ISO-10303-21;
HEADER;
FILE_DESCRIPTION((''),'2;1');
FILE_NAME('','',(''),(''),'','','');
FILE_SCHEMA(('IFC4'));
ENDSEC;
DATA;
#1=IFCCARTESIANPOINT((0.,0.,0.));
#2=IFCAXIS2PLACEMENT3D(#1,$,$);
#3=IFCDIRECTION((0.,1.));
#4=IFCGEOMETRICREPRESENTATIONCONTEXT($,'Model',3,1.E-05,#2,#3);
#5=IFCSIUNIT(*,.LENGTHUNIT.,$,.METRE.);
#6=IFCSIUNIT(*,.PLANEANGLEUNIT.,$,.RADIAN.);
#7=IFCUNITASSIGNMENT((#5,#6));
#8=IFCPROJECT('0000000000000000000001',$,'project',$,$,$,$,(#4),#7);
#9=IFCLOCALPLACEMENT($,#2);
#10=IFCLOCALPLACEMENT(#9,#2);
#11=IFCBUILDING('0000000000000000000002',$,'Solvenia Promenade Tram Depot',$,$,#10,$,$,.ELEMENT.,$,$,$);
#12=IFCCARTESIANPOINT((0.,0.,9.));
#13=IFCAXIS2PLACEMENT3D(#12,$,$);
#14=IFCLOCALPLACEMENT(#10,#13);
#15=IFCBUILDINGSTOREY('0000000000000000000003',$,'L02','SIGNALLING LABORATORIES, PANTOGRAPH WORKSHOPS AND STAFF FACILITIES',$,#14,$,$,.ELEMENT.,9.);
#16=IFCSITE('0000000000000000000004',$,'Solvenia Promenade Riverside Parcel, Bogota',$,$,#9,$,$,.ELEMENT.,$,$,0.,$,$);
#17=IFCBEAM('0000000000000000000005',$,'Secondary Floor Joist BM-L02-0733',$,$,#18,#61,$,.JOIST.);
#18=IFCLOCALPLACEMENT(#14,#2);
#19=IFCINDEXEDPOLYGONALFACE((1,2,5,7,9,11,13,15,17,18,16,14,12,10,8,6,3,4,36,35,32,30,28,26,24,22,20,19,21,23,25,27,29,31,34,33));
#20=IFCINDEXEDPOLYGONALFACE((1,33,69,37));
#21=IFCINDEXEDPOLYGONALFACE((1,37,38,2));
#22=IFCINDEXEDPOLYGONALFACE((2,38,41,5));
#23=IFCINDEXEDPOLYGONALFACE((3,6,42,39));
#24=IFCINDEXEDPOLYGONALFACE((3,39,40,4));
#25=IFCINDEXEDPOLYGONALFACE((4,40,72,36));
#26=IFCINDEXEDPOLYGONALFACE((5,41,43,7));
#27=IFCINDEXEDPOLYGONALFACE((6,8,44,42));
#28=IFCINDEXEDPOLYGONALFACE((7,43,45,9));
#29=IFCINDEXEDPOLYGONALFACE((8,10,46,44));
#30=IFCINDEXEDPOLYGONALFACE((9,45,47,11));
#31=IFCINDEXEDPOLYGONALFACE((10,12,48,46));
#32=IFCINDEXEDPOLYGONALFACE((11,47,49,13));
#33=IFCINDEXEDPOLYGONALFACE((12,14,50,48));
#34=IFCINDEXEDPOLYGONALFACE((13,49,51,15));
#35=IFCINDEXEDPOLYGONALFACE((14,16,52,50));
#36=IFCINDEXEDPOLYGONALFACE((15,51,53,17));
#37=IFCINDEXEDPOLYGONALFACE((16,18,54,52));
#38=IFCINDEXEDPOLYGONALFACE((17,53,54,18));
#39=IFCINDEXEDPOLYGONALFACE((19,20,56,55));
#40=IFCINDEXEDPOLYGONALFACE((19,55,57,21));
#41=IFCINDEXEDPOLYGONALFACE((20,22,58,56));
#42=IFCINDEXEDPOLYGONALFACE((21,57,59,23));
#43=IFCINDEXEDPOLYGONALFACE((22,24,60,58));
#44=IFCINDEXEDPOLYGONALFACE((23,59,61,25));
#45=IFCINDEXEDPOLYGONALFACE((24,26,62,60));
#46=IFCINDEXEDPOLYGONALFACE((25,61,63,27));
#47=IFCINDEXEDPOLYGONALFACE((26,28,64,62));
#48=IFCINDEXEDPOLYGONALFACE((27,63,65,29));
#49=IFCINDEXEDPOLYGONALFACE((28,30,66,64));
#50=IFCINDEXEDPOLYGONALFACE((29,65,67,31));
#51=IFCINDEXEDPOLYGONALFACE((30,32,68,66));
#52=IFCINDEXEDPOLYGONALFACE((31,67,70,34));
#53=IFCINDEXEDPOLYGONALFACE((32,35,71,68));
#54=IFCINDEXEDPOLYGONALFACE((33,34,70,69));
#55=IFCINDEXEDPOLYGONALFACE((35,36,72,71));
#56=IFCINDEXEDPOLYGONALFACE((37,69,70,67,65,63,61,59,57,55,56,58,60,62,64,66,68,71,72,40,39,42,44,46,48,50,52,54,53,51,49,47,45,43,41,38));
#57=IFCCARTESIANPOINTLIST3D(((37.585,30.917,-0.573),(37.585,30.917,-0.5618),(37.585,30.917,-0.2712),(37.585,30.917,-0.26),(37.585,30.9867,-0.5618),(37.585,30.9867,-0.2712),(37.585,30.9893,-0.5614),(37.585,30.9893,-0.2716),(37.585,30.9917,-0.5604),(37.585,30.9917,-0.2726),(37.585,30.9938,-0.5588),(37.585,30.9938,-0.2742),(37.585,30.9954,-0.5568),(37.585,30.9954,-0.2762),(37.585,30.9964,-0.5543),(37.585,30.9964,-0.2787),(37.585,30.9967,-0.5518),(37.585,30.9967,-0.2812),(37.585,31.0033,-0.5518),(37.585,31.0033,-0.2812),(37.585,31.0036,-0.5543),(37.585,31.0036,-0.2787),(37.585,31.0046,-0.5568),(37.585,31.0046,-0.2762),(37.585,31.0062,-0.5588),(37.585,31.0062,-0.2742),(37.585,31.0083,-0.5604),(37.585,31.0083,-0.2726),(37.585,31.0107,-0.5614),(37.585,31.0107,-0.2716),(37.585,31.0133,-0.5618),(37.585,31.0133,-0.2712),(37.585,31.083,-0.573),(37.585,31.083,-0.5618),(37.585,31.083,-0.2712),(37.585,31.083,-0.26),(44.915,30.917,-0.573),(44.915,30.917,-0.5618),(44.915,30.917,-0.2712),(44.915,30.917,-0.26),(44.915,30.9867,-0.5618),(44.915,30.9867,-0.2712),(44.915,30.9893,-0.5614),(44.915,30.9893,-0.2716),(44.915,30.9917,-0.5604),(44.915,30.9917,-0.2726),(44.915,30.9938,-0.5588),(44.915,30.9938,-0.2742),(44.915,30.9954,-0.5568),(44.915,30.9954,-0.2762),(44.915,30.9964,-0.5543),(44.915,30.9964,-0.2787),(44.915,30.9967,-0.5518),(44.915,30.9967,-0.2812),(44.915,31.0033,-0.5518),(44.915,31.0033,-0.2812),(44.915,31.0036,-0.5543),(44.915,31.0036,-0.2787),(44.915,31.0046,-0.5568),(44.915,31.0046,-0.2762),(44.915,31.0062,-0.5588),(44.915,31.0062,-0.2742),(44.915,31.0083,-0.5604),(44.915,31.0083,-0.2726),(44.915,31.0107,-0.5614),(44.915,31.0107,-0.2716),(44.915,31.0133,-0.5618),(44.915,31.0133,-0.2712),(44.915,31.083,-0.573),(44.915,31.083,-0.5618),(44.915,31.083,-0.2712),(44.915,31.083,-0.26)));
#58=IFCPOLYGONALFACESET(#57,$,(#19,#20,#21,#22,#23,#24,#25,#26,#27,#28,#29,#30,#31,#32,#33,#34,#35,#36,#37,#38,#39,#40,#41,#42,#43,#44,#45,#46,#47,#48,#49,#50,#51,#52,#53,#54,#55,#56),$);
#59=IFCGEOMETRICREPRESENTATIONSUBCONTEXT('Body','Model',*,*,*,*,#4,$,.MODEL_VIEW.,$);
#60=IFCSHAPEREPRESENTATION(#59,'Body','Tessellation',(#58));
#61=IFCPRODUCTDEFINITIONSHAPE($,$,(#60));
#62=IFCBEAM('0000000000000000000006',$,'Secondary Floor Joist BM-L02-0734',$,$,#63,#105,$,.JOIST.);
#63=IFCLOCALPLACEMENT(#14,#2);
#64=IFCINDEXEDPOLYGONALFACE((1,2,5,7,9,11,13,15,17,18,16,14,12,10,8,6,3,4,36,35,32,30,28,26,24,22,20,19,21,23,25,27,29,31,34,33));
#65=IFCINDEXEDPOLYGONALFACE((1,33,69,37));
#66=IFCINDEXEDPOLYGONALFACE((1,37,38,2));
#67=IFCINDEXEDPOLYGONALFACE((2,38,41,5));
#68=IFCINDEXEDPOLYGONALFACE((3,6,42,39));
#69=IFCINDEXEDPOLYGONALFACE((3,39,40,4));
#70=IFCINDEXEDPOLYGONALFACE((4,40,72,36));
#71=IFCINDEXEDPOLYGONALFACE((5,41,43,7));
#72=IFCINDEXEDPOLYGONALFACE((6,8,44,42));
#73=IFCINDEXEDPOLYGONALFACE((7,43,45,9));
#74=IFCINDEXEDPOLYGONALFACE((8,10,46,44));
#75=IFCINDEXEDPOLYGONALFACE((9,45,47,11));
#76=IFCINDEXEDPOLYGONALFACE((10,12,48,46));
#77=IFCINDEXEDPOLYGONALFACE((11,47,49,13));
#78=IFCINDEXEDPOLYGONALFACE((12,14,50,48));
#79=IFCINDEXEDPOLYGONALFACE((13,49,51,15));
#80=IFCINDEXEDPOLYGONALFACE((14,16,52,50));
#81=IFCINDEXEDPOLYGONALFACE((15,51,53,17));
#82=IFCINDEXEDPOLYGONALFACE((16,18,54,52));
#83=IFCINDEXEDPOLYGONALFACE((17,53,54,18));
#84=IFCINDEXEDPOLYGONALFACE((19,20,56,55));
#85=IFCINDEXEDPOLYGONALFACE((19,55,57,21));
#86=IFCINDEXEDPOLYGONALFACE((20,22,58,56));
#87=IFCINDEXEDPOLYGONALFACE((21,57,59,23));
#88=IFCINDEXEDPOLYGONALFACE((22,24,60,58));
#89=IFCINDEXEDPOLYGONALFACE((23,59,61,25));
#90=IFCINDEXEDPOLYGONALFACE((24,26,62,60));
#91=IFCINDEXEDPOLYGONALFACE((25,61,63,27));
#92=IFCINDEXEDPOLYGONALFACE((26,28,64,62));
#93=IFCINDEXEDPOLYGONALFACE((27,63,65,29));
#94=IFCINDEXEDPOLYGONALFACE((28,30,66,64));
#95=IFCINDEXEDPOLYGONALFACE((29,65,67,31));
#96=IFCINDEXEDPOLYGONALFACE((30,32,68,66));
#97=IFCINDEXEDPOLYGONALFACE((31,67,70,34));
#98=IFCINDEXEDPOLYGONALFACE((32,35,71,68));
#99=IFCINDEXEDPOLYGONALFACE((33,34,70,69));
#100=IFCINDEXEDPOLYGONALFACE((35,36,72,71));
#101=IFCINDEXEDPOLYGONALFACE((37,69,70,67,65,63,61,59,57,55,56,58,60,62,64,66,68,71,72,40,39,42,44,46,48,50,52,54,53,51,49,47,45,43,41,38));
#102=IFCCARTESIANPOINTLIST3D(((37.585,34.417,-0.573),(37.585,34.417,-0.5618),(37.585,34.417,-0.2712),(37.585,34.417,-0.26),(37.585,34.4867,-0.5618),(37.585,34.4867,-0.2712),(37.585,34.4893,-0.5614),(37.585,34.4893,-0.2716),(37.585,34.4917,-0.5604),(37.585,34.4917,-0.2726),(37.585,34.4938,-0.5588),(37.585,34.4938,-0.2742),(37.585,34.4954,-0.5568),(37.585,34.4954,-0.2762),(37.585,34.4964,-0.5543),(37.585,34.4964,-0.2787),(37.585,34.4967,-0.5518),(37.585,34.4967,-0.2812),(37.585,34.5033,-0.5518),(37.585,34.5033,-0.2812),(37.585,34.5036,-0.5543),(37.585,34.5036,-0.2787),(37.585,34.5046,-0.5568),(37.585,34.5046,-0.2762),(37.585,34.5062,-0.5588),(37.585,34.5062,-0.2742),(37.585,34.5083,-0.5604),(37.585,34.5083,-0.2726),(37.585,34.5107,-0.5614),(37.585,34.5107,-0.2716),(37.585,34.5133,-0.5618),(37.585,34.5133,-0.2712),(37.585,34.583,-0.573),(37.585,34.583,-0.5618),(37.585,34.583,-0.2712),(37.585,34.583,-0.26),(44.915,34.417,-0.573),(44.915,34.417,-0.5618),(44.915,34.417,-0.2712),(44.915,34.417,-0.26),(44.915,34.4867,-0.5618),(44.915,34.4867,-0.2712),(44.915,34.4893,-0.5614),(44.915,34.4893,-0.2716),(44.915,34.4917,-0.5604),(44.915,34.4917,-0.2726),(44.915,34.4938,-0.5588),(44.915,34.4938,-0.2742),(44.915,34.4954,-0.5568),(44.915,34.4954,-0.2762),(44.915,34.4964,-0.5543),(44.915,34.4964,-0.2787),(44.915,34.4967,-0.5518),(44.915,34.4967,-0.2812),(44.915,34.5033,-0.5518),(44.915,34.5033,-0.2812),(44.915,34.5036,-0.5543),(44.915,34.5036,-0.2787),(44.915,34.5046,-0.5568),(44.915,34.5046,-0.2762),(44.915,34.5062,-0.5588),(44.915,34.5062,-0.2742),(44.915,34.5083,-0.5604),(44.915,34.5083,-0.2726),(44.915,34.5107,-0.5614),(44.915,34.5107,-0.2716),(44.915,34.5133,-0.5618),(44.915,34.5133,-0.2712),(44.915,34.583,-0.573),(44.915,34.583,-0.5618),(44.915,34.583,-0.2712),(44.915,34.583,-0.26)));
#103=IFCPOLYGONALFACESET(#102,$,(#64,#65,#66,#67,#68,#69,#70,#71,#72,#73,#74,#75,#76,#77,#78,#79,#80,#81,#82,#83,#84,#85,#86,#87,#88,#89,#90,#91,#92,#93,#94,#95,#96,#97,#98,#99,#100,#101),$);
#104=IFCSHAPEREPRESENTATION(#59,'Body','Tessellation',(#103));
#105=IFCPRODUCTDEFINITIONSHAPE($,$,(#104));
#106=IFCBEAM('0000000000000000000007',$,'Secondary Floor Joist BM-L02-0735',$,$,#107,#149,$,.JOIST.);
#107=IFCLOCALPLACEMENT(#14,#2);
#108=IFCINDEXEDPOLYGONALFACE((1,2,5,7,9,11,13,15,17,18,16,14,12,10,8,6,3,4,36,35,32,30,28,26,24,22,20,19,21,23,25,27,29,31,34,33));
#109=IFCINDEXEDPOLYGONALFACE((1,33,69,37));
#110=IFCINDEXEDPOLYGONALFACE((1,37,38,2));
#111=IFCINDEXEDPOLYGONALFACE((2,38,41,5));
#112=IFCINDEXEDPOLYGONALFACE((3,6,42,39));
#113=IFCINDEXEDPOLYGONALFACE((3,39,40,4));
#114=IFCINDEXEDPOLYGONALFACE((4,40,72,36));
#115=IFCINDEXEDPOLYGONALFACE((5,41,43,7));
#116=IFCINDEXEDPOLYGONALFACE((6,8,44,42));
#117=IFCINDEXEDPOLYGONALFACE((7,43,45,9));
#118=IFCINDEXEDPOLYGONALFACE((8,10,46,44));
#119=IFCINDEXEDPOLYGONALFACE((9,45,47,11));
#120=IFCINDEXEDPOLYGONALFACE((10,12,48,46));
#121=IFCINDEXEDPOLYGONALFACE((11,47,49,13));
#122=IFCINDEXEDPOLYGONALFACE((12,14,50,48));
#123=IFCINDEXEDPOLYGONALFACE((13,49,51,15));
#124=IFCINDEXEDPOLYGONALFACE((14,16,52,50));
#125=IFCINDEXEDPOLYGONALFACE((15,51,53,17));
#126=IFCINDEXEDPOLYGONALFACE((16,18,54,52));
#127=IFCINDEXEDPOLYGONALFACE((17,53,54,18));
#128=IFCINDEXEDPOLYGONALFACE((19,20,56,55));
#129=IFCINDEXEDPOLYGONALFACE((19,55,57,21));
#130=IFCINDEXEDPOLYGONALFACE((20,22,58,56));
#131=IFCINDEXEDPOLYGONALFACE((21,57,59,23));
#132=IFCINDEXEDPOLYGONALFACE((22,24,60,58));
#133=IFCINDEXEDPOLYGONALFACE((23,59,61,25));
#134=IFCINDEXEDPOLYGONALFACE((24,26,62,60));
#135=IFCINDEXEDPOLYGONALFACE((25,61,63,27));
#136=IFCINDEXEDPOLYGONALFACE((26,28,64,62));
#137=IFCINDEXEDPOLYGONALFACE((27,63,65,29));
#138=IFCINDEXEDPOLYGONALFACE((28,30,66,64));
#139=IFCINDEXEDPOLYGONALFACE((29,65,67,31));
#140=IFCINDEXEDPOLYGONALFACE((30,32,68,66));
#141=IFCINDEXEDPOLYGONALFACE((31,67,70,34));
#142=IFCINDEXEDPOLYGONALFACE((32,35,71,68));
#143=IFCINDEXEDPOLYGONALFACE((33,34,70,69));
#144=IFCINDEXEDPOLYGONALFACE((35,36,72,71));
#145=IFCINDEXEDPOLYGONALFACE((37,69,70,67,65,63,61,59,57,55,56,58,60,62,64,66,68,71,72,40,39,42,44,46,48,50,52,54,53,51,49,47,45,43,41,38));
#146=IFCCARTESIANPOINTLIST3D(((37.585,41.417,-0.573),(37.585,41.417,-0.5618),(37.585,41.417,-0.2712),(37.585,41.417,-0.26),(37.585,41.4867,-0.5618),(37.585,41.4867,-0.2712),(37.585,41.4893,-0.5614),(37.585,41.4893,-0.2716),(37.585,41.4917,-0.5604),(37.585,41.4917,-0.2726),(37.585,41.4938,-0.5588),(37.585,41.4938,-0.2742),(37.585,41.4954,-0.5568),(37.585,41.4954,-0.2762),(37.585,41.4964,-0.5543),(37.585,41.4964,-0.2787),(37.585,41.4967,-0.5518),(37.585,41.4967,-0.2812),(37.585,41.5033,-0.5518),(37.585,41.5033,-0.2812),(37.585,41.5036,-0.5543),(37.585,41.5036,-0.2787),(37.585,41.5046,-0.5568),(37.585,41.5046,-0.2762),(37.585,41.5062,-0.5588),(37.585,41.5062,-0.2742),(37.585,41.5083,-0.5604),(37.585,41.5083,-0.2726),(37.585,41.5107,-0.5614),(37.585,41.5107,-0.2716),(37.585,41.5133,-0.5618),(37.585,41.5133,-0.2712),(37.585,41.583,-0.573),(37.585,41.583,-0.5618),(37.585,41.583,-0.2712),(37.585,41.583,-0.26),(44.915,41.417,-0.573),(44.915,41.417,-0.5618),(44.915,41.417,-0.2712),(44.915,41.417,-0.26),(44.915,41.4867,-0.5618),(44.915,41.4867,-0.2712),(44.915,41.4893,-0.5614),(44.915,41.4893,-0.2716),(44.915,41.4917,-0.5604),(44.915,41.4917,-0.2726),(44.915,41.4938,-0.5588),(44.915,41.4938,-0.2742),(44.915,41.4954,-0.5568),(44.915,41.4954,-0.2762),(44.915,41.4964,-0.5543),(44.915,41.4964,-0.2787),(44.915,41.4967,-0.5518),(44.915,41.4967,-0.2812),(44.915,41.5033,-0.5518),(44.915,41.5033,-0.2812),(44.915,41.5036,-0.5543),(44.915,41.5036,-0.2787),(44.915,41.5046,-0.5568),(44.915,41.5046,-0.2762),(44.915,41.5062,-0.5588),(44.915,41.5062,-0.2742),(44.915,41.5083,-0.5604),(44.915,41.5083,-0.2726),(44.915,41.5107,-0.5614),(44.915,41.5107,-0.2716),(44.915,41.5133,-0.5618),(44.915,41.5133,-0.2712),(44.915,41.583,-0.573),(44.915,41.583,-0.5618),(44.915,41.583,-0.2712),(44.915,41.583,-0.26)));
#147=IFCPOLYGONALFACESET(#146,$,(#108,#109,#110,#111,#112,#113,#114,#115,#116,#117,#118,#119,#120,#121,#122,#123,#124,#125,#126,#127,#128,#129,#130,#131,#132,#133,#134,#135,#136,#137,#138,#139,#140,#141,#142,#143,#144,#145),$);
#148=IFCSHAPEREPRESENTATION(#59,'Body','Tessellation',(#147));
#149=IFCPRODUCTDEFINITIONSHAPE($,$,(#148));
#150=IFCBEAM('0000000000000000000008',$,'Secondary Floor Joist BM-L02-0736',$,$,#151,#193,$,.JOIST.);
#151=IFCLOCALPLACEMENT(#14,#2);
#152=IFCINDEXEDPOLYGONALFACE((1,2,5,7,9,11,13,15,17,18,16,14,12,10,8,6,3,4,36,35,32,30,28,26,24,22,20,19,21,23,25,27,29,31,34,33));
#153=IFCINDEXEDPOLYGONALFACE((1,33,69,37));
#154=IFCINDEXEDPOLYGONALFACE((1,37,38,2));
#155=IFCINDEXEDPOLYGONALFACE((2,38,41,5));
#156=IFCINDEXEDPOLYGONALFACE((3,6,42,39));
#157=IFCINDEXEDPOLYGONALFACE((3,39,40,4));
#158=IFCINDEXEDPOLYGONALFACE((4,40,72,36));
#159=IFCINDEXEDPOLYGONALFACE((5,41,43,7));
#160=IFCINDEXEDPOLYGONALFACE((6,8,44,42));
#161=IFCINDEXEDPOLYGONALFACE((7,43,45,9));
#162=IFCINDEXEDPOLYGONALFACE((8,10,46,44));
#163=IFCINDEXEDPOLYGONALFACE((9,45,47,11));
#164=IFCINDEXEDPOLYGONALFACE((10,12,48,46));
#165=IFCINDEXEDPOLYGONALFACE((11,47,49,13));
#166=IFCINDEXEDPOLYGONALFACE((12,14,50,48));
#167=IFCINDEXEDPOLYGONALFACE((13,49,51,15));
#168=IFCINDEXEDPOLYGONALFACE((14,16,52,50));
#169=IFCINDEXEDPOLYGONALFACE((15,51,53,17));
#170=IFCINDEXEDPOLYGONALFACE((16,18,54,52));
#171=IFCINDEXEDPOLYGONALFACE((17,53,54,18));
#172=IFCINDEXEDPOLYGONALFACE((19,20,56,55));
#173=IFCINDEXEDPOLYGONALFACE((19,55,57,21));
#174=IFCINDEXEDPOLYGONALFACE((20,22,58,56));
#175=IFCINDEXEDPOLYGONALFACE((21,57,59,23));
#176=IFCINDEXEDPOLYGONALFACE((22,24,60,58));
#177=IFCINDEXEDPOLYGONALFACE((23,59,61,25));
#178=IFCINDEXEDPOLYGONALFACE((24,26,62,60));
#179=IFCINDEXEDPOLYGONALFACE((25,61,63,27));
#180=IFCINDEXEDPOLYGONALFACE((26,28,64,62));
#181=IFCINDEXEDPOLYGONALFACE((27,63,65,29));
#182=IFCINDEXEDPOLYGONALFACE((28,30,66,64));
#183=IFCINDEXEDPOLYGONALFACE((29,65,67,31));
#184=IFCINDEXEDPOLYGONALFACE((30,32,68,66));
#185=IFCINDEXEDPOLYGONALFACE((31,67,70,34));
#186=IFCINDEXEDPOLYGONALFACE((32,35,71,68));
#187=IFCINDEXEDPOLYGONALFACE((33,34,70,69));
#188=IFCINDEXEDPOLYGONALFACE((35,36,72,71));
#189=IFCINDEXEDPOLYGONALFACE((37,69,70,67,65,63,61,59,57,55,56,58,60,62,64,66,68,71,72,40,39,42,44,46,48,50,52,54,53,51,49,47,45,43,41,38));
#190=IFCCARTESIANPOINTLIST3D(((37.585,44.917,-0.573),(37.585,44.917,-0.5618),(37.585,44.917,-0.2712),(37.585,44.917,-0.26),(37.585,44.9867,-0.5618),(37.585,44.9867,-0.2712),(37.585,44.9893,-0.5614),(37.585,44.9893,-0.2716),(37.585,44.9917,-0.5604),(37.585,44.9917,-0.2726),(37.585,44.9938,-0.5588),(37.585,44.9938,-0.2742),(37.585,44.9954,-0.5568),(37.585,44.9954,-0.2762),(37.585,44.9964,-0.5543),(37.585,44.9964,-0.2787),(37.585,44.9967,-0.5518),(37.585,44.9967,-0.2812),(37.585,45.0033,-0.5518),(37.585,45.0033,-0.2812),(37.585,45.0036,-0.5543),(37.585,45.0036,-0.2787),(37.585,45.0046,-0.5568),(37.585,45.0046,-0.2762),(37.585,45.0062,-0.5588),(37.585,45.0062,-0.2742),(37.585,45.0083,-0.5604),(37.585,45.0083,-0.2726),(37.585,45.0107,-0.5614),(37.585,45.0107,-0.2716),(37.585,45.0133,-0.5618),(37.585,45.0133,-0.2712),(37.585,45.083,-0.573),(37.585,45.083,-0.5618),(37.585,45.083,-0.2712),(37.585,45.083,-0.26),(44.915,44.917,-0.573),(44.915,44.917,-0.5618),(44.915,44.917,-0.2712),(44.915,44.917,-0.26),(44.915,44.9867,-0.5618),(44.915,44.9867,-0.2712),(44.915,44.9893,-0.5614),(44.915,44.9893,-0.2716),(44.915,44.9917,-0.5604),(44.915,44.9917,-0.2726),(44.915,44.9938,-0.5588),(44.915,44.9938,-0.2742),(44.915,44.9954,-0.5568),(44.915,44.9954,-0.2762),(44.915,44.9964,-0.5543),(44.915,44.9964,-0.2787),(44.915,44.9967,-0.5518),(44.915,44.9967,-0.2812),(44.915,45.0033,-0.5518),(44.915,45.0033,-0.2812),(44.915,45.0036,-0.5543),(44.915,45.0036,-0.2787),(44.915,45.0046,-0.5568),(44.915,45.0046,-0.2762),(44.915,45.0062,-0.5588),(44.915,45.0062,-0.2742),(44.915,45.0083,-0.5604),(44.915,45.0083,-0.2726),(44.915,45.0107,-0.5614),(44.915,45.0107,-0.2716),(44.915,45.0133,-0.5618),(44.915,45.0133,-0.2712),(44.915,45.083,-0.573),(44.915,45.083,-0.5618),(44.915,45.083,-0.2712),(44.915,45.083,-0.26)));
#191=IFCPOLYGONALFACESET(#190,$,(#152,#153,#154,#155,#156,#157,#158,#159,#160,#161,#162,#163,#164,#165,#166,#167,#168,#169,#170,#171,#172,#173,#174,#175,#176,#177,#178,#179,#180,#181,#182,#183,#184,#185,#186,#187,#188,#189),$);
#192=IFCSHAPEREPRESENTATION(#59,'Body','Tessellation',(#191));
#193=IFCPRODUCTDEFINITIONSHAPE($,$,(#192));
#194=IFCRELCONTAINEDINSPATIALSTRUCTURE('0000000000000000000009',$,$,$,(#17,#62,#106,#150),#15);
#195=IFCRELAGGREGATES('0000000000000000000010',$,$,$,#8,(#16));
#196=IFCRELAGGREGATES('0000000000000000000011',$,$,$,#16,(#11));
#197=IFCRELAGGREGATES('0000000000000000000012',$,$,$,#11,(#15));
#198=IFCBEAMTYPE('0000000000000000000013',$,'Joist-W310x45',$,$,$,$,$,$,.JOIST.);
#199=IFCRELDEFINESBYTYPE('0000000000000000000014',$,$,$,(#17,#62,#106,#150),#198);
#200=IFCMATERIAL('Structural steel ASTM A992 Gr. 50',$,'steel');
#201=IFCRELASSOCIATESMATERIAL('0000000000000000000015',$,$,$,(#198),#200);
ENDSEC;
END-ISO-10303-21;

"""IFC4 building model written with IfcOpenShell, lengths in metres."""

from ifc_helpers import new_model, si_unit, direction, frame, origin, origin_2d, place, context, subcontext, project, spatial, i_section, extrude, material, material_profile, profile_set, type_object, element, save


model = new_model("IFC4")

# Units and contexts
model_context = context("Model", 3, precision=1e-05, world=origin(), true_north=direction((0.0, 1.0)))
body_context = subcontext(model_context, "Body", "Model", "MODEL_VIEW")
ifc_project = project(units=[si_unit("LENGTHUNIT", "METRE"), si_unit("PLANEANGLEUNIT", "RADIAN")], contexts=[model_context])

# Site, building, storey
site_placement = place(None, origin())
site = spatial("IfcSite", under=ifc_project, at=site_placement, Name="Solvenia Promenade Riverside Parcel, Bogota", CompositionType="ELEMENT", RefElevation=0.0)
building_placement = place(site_placement, origin())
building = spatial("IfcBuilding", under=site, at=building_placement, Name="Solvenia Promenade Tram Depot", CompositionType="ELEMENT")
storey_placement = place(building_placement, frame((0.0, 0.0, 9.0)))
storey = spatial("IfcBuildingStorey", under=building, at=storey_placement, Name="L02", Description="SIGNALLING LABORATORIES, PANTOGRAPH WORKSHOPS AND STAFF FACILITIES", CompositionType="ELEMENT", Elevation=9.0)

# Beams
ifc_material_1 = material(Name="Structural steel ASTM A992 Gr. 50", Category="steel")
ifc_material_profile_1 = material_profile(ifc_material_1, i_section(OverallWidth=0.166, OverallDepth=0.313, WebThickness=0.0066, FlangeThickness=0.0112, FilletRadius=0.01, at=origin_2d()), Name="W310x45", Category="steel")
ifc_profile_set_1 = profile_set([ifc_material_profile_1], Name="Structural steel ASTM A992 Gr. 50")
beam_type_1 = type_object("IfcBeamType", Name="Joist-W310x45", PredefinedType="JOIST", material=ifc_profile_set_1)
for number, where, z_axis, x_axis, name in (
    (1, (37.585, 31.0, -0.4165), (1.0, 0.0, 0.0), (0.0, 1.0, 0.0), "Secondary Floor Joist BM-L02-0733"),
    (2, (37.585, 34.5, -0.4165), (1.0, 0.0, 0.0), (0.0, 1.0, 0.0), "Secondary Floor Joist BM-L02-0734"),
    (3, (37.585, 41.5, -0.4165), (1.0, 0.0, 0.0), (0.0, 1.0, 0.0), "Secondary Floor Joist BM-L02-0735"),
    (4, (37.585, 45.0, -0.4165), (1.0, 0.0, 0.0), (0.0, 1.0, 0.0), "Secondary Floor Joist BM-L02-0736"),
):
    element("IfcBeam", number, at=place(storey_placement, frame(where, z_axis=z_axis, x_axis=x_axis)), inside=storey, type_object=beam_type_1, Name=name, PredefinedType="JOIST", context=body_context, shape_type="SweptSolid", body=[
        extrude(i_section(OverallWidth=0.166, OverallDepth=0.313, WebThickness=0.0066, FlangeThickness=0.0112, FilletRadius=0.01, at=origin_2d()), origin(), (0.0, 0.0, 1.0), 7.3301),
    ])

save(model, "model.ifc")
